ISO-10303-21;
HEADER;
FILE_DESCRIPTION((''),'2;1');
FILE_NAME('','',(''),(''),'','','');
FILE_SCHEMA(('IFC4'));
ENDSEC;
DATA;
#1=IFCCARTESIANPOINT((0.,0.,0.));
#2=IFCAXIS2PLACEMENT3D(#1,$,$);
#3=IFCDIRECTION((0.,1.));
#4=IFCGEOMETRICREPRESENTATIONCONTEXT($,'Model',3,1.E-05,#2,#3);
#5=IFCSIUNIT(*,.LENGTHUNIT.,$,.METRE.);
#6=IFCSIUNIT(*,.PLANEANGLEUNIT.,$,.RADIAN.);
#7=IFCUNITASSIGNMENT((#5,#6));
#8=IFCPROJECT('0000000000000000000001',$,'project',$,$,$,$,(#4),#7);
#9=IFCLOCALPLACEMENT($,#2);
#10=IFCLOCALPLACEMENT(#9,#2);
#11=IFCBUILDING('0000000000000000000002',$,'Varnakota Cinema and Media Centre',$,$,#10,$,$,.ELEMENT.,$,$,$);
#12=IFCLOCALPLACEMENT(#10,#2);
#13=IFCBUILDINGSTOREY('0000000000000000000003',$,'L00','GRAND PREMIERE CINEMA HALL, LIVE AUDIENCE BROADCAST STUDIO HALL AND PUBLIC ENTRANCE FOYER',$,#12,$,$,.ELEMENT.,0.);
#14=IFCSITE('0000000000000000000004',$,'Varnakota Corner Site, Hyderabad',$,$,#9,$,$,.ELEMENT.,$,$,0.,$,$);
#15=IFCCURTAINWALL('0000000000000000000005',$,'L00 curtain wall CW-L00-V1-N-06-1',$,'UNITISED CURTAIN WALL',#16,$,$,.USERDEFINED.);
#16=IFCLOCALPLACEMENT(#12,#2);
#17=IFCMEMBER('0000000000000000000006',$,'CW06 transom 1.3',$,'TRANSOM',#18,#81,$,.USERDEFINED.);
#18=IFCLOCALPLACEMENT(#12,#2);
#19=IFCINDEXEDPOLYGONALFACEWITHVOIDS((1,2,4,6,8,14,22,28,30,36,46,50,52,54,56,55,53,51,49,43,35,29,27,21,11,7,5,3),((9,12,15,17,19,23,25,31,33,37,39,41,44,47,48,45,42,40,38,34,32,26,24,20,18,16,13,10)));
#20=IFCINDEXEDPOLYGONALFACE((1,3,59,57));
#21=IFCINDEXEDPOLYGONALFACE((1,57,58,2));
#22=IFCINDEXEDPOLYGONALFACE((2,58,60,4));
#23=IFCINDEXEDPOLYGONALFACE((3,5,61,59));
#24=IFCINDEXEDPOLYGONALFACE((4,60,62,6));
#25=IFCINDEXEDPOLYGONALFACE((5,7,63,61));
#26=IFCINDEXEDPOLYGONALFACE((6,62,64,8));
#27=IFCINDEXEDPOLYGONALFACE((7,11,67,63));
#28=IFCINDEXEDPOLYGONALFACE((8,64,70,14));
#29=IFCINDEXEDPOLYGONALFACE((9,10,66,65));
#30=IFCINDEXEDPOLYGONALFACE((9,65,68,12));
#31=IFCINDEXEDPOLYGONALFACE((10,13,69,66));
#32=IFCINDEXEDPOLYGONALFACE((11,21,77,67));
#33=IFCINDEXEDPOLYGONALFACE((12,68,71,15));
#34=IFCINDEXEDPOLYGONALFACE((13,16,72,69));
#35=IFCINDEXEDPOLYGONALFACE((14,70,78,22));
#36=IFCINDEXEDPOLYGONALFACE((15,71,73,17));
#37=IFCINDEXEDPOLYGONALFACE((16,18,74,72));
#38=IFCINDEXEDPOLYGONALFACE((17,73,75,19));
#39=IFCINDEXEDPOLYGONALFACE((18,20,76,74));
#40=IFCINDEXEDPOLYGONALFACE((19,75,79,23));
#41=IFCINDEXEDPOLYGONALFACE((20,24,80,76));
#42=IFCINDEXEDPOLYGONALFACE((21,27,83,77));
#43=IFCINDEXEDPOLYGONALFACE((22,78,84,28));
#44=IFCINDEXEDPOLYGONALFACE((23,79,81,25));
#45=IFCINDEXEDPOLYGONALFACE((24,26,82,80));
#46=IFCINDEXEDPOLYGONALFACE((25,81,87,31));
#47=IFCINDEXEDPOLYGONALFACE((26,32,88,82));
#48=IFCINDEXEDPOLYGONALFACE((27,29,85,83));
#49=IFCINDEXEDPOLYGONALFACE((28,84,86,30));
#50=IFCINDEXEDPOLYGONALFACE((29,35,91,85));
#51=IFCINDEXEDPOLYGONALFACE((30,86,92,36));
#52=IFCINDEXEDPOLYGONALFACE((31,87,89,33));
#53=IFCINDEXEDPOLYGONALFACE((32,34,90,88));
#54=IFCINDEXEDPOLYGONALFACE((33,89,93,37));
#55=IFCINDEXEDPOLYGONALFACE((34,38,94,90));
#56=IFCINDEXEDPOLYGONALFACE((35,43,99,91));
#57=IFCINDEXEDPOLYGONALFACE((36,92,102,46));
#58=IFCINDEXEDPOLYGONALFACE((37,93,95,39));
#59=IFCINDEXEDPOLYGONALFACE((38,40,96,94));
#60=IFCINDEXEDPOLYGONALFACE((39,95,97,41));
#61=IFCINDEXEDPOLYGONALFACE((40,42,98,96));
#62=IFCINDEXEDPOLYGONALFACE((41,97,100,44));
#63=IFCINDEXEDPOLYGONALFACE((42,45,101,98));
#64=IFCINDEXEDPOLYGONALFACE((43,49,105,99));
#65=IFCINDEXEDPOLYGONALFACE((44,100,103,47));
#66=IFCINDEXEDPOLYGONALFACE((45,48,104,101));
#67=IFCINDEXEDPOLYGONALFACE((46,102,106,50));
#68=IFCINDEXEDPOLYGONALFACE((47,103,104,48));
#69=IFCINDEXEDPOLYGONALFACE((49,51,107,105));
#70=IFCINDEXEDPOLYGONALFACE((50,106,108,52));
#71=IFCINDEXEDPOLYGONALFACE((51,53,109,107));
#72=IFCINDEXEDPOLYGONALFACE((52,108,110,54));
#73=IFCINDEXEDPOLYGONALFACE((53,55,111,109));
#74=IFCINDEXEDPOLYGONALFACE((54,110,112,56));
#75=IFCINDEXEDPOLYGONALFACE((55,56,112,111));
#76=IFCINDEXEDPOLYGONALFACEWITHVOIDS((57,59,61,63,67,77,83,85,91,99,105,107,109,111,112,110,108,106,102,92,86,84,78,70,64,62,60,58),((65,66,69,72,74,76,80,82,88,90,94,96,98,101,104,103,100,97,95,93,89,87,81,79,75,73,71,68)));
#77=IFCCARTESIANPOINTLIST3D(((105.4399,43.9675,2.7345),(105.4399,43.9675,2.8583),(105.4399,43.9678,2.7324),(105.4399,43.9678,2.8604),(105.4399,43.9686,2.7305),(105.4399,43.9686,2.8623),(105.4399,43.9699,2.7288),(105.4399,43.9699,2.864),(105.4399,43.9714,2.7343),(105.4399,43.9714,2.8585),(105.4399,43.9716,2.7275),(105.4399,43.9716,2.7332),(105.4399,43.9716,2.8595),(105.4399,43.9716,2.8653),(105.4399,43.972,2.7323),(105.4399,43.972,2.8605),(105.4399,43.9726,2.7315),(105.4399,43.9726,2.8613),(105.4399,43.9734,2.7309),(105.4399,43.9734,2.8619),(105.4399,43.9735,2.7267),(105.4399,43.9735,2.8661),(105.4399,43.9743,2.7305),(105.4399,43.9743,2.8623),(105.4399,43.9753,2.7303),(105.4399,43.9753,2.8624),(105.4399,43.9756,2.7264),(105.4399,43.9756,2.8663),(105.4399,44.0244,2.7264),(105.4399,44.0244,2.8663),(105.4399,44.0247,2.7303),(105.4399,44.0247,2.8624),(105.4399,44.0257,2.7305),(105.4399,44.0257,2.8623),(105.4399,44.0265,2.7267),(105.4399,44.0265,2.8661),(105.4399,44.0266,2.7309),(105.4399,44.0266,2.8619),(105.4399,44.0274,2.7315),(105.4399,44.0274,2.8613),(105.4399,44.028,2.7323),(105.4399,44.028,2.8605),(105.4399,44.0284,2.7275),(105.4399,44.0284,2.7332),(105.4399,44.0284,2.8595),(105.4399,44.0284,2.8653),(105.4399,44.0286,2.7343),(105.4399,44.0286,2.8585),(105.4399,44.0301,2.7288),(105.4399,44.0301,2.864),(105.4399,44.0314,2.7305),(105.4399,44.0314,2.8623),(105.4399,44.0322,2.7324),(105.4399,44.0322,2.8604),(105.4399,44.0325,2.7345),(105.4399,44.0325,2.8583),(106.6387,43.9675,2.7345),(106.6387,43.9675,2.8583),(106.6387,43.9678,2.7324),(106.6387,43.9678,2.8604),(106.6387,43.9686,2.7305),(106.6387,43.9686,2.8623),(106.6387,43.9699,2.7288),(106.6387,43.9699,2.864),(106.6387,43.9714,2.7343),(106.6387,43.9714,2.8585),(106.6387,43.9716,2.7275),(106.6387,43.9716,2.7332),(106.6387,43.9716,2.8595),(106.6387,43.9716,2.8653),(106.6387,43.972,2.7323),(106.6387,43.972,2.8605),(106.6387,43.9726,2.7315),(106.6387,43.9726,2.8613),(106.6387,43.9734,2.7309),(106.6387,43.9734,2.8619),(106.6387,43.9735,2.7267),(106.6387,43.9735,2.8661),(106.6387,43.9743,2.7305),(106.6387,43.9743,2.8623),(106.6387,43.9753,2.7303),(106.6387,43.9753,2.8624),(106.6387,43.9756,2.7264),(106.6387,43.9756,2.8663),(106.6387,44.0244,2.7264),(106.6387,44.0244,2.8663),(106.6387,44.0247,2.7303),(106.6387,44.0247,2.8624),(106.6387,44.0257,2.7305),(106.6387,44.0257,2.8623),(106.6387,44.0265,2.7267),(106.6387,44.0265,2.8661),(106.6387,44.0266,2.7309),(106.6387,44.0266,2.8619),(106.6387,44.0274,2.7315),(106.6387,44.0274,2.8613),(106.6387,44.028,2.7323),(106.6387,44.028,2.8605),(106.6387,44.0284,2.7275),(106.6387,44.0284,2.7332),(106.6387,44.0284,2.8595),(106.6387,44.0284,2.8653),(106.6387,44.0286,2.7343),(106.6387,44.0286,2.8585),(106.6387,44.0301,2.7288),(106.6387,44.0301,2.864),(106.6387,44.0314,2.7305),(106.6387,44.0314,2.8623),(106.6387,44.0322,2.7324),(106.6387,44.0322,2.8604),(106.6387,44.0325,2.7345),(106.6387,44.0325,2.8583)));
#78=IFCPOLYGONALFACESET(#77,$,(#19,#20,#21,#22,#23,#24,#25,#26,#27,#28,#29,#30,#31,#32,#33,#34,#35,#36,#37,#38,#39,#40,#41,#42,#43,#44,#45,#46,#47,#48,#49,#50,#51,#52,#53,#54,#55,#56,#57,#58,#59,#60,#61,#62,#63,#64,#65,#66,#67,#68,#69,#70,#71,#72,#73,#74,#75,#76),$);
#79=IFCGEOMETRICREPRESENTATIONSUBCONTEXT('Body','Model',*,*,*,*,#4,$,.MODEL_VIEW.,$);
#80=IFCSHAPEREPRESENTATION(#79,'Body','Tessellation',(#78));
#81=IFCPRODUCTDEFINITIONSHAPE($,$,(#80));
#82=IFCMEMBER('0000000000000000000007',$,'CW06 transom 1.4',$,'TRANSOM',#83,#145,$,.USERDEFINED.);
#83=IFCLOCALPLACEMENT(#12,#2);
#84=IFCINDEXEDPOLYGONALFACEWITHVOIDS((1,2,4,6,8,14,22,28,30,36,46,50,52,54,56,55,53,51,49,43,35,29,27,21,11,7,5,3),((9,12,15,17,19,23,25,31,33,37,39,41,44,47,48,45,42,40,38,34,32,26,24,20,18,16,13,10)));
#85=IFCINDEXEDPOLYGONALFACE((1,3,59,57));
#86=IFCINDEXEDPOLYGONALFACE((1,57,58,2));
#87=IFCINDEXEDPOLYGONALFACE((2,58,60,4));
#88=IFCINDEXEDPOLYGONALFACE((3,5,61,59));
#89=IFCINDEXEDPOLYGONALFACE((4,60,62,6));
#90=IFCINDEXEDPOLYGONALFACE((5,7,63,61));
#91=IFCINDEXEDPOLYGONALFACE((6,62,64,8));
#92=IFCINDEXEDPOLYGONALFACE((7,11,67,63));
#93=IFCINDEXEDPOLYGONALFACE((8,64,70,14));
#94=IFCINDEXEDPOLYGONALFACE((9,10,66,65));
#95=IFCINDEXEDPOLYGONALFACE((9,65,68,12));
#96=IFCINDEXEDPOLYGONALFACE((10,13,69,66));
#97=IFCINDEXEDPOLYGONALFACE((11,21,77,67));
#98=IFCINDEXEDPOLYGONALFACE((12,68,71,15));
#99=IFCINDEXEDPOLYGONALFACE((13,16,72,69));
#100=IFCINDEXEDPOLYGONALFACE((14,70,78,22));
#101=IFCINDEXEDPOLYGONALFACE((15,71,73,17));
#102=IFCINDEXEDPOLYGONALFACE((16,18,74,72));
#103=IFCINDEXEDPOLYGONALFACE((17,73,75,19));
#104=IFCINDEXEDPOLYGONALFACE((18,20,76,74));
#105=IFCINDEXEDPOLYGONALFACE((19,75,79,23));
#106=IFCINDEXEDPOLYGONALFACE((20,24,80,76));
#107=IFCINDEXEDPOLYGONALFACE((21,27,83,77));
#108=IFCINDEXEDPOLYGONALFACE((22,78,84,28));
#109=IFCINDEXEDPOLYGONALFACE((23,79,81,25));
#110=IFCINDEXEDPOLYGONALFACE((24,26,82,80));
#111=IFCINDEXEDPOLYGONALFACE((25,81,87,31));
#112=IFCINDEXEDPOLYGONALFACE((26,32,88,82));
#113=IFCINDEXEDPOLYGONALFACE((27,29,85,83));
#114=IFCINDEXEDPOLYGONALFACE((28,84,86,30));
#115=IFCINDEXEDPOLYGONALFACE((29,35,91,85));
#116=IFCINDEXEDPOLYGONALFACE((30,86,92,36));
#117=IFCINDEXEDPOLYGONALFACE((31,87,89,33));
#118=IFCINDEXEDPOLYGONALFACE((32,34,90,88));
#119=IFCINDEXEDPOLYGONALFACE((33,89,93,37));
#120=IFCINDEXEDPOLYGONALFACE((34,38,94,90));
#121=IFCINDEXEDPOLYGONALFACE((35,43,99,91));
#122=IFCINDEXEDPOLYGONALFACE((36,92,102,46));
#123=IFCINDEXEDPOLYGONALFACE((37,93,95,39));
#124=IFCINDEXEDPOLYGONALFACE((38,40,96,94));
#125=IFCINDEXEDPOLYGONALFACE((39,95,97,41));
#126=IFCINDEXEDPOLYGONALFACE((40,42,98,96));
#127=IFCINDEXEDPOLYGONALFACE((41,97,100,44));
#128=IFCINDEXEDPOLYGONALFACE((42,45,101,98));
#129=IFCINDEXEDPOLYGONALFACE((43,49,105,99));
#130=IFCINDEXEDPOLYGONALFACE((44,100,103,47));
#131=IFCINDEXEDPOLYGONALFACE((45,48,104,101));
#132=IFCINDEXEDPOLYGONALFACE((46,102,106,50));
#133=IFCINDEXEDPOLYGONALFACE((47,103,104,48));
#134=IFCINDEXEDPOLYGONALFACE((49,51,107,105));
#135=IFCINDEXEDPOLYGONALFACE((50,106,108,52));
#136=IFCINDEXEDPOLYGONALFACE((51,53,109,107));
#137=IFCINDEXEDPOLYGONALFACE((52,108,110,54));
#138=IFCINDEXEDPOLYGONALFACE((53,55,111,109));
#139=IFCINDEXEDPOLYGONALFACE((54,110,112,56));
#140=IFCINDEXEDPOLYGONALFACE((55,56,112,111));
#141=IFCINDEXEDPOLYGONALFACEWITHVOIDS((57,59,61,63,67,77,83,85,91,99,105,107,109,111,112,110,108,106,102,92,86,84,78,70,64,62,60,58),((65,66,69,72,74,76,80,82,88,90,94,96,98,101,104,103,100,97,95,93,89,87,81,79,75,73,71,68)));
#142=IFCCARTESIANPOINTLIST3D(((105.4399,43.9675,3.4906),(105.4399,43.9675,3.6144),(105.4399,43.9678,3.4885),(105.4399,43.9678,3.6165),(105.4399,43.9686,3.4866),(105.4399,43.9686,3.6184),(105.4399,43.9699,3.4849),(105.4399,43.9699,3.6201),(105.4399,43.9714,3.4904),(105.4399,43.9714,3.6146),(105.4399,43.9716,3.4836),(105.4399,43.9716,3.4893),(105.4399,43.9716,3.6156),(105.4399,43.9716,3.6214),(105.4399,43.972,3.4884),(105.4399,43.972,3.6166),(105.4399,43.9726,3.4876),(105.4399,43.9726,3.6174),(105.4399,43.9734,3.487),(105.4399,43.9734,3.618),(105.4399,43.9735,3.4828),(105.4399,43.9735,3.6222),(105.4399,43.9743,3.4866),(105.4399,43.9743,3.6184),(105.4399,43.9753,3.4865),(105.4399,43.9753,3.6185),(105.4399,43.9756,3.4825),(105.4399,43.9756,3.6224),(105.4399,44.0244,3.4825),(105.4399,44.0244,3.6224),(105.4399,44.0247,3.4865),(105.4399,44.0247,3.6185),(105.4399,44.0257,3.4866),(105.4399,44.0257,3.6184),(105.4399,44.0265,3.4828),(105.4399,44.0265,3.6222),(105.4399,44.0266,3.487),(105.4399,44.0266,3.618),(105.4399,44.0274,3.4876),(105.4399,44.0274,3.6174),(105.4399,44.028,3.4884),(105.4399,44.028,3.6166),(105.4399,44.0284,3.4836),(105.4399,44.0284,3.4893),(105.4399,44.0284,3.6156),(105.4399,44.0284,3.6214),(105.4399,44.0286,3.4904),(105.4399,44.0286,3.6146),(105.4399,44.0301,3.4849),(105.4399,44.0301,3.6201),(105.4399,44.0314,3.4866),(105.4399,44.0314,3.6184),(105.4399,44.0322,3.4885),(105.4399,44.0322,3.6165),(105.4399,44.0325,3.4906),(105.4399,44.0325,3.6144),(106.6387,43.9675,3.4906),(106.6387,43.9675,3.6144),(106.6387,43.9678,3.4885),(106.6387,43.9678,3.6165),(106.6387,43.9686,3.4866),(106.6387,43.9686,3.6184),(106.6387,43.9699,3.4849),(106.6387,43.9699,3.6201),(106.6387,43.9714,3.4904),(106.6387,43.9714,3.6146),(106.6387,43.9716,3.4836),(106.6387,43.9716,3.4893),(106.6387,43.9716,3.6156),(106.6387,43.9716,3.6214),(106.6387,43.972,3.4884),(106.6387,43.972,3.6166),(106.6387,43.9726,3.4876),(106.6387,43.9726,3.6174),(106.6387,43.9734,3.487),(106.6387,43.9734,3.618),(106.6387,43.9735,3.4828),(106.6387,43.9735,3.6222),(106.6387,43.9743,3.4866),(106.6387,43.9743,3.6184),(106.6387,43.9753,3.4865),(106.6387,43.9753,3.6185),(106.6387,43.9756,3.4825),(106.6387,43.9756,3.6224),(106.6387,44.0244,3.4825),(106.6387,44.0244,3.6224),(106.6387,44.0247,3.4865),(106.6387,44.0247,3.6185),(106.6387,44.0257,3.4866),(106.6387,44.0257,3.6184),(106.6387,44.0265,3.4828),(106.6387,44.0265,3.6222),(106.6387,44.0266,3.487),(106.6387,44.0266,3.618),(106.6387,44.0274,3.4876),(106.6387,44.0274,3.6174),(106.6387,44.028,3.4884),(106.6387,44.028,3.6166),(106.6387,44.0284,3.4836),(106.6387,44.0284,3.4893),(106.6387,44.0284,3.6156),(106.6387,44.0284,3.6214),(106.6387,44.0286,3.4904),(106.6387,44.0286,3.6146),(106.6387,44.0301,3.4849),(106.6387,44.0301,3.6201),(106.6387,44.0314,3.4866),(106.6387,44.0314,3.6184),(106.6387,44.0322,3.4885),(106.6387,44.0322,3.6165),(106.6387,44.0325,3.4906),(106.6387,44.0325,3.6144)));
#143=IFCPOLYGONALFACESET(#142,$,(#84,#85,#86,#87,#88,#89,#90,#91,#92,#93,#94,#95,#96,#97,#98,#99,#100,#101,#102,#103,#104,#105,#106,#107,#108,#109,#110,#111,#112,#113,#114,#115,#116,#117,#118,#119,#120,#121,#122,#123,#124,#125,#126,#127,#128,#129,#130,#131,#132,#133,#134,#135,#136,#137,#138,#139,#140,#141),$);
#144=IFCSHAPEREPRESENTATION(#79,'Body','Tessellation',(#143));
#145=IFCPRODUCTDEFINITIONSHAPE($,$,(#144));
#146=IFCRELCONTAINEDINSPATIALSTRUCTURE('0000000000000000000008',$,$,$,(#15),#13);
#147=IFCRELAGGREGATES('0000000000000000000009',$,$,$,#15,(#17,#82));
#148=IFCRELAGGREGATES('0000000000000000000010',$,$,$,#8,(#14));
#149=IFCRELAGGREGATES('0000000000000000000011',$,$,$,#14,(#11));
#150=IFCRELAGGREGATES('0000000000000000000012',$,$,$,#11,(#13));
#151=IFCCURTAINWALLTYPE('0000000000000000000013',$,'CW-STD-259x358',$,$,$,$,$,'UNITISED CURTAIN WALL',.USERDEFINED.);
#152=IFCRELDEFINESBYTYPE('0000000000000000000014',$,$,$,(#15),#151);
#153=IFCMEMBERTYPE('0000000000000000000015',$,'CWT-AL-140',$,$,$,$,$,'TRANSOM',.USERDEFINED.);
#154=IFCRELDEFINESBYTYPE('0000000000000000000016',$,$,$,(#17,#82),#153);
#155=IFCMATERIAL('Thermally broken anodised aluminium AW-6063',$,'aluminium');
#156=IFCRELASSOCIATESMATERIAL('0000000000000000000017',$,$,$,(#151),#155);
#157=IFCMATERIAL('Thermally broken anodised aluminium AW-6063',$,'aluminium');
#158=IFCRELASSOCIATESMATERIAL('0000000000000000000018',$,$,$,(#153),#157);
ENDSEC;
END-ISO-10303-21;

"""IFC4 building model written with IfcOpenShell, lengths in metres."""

from ifc_helpers import new_model, si_unit, direction, frame, origin, origin_2d, place, context, subcontext, project, spatial, hollow_rectangle, extrude, material, material_profile, profile_set, type_object, element, aggregate, save


model = new_model("IFC4")

# Units and contexts
model_context = context("Model", 3, precision=1e-05, world=origin(), true_north=direction((0.0, 1.0)))
body_context = subcontext(model_context, "Body", "Model", "MODEL_VIEW")
ifc_project = project(units=[si_unit("LENGTHUNIT", "METRE"), si_unit("PLANEANGLEUNIT", "RADIAN")], contexts=[model_context])

# Site, building, storey
site_placement = place(None, origin())
site = spatial("IfcSite", under=ifc_project, at=site_placement, Name="Varnakota Corner Site, Hyderabad", CompositionType="ELEMENT", RefElevation=0.0)
building_placement = place(site_placement, origin())
building = spatial("IfcBuilding", under=site, at=building_placement, Name="Varnakota Cinema and Media Centre", CompositionType="ELEMENT")
storey_placement = place(building_placement, origin())
storey = spatial("IfcBuildingStorey", under=building, at=storey_placement, Name="L00", Description="GRAND PREMIERE CINEMA HALL, LIVE AUDIENCE BROADCAST STUDIO HALL AND PUBLIC ENTRANCE FOYER", CompositionType="ELEMENT", Elevation=0.0)

# Shared definitions
ifc_material_1 = material(Name="Thermally broken anodised aluminium AW-6063", Category="aluminium")
curtain_wall_type = type_object("IfcCurtainWallType", Name="CW-STD-259x358", ElementType="UNITISED CURTAIN WALL", PredefinedType="USERDEFINED", material=ifc_material_1)

# Curtain wall
curtain_wall_1_placement = place(storey_placement, origin())
curtain_wall_1 = element("IfcCurtainWall", 1, at=curtain_wall_1_placement, inside=storey, type_object=curtain_wall_type, Name="L00 curtain wall CW-L00-V1-N-06-1", ObjectType="UNITISED CURTAIN WALL", PredefinedType="USERDEFINED")

# Members
ifc_material_2 = material(Name="Thermally broken anodised aluminium AW-6063", Category="aluminium")
ifc_material_profile_1 = material_profile(ifc_material_2, hollow_rectangle(XDim=0.0649, YDim=0.1399, WallThickness=0.0039, InnerFilletRadius=0.0039, OuterFilletRadius=0.0081, at=origin_2d()), Name="AL-TRANSOM 140x65x4")
ifc_profile_set_1 = profile_set([ifc_material_profile_1], Name="Thermally broken anodised aluminium AW-6063")
member_type_1 = type_object("IfcMemberType", Name="CWT-AL-140", ElementType="TRANSOM", PredefinedType="USERDEFINED", material=ifc_profile_set_1)
member_1_placement = place(storey_placement, frame((105.4399, 44.0, 2.7964), z_axis=(1.0, 0.0, 0.0), x_axis=(0.0, 1.0, 0.0)))
member_1 = element("IfcMember", 2, at=member_1_placement, type_object=member_type_1, Name="CW06 transom 1.3", ObjectType="TRANSOM", PredefinedType="USERDEFINED", context=body_context, shape_type="SweptSolid", body=[
    extrude(hollow_rectangle(XDim=0.0649, YDim=0.1399, WallThickness=0.0039, InnerFilletRadius=0.0039, OuterFilletRadius=0.0081, at=origin_2d()), origin(), (0.0, 0.0, 1.0), 1.1987),
])
member_2_placement = place(storey_placement, frame((105.4399, 44.0, 3.5525), z_axis=(1.0, 0.0, 0.0), x_axis=(0.0, 1.0, 0.0)))
member_2 = element("IfcMember", 3, at=member_2_placement, type_object=member_type_1, Name="CW06 transom 1.4", ObjectType="TRANSOM", PredefinedType="USERDEFINED", context=body_context, shape_type="SweptSolid", body=[
    extrude(hollow_rectangle(XDim=0.0649, YDim=0.1399, WallThickness=0.0039, InnerFilletRadius=0.0039, OuterFilletRadius=0.0081, at=origin_2d()), origin(), (0.0, 0.0, 1.0), 1.1987),
])

aggregate(curtain_wall_1, [member_1, member_2])

save(model, "model.ifc")
